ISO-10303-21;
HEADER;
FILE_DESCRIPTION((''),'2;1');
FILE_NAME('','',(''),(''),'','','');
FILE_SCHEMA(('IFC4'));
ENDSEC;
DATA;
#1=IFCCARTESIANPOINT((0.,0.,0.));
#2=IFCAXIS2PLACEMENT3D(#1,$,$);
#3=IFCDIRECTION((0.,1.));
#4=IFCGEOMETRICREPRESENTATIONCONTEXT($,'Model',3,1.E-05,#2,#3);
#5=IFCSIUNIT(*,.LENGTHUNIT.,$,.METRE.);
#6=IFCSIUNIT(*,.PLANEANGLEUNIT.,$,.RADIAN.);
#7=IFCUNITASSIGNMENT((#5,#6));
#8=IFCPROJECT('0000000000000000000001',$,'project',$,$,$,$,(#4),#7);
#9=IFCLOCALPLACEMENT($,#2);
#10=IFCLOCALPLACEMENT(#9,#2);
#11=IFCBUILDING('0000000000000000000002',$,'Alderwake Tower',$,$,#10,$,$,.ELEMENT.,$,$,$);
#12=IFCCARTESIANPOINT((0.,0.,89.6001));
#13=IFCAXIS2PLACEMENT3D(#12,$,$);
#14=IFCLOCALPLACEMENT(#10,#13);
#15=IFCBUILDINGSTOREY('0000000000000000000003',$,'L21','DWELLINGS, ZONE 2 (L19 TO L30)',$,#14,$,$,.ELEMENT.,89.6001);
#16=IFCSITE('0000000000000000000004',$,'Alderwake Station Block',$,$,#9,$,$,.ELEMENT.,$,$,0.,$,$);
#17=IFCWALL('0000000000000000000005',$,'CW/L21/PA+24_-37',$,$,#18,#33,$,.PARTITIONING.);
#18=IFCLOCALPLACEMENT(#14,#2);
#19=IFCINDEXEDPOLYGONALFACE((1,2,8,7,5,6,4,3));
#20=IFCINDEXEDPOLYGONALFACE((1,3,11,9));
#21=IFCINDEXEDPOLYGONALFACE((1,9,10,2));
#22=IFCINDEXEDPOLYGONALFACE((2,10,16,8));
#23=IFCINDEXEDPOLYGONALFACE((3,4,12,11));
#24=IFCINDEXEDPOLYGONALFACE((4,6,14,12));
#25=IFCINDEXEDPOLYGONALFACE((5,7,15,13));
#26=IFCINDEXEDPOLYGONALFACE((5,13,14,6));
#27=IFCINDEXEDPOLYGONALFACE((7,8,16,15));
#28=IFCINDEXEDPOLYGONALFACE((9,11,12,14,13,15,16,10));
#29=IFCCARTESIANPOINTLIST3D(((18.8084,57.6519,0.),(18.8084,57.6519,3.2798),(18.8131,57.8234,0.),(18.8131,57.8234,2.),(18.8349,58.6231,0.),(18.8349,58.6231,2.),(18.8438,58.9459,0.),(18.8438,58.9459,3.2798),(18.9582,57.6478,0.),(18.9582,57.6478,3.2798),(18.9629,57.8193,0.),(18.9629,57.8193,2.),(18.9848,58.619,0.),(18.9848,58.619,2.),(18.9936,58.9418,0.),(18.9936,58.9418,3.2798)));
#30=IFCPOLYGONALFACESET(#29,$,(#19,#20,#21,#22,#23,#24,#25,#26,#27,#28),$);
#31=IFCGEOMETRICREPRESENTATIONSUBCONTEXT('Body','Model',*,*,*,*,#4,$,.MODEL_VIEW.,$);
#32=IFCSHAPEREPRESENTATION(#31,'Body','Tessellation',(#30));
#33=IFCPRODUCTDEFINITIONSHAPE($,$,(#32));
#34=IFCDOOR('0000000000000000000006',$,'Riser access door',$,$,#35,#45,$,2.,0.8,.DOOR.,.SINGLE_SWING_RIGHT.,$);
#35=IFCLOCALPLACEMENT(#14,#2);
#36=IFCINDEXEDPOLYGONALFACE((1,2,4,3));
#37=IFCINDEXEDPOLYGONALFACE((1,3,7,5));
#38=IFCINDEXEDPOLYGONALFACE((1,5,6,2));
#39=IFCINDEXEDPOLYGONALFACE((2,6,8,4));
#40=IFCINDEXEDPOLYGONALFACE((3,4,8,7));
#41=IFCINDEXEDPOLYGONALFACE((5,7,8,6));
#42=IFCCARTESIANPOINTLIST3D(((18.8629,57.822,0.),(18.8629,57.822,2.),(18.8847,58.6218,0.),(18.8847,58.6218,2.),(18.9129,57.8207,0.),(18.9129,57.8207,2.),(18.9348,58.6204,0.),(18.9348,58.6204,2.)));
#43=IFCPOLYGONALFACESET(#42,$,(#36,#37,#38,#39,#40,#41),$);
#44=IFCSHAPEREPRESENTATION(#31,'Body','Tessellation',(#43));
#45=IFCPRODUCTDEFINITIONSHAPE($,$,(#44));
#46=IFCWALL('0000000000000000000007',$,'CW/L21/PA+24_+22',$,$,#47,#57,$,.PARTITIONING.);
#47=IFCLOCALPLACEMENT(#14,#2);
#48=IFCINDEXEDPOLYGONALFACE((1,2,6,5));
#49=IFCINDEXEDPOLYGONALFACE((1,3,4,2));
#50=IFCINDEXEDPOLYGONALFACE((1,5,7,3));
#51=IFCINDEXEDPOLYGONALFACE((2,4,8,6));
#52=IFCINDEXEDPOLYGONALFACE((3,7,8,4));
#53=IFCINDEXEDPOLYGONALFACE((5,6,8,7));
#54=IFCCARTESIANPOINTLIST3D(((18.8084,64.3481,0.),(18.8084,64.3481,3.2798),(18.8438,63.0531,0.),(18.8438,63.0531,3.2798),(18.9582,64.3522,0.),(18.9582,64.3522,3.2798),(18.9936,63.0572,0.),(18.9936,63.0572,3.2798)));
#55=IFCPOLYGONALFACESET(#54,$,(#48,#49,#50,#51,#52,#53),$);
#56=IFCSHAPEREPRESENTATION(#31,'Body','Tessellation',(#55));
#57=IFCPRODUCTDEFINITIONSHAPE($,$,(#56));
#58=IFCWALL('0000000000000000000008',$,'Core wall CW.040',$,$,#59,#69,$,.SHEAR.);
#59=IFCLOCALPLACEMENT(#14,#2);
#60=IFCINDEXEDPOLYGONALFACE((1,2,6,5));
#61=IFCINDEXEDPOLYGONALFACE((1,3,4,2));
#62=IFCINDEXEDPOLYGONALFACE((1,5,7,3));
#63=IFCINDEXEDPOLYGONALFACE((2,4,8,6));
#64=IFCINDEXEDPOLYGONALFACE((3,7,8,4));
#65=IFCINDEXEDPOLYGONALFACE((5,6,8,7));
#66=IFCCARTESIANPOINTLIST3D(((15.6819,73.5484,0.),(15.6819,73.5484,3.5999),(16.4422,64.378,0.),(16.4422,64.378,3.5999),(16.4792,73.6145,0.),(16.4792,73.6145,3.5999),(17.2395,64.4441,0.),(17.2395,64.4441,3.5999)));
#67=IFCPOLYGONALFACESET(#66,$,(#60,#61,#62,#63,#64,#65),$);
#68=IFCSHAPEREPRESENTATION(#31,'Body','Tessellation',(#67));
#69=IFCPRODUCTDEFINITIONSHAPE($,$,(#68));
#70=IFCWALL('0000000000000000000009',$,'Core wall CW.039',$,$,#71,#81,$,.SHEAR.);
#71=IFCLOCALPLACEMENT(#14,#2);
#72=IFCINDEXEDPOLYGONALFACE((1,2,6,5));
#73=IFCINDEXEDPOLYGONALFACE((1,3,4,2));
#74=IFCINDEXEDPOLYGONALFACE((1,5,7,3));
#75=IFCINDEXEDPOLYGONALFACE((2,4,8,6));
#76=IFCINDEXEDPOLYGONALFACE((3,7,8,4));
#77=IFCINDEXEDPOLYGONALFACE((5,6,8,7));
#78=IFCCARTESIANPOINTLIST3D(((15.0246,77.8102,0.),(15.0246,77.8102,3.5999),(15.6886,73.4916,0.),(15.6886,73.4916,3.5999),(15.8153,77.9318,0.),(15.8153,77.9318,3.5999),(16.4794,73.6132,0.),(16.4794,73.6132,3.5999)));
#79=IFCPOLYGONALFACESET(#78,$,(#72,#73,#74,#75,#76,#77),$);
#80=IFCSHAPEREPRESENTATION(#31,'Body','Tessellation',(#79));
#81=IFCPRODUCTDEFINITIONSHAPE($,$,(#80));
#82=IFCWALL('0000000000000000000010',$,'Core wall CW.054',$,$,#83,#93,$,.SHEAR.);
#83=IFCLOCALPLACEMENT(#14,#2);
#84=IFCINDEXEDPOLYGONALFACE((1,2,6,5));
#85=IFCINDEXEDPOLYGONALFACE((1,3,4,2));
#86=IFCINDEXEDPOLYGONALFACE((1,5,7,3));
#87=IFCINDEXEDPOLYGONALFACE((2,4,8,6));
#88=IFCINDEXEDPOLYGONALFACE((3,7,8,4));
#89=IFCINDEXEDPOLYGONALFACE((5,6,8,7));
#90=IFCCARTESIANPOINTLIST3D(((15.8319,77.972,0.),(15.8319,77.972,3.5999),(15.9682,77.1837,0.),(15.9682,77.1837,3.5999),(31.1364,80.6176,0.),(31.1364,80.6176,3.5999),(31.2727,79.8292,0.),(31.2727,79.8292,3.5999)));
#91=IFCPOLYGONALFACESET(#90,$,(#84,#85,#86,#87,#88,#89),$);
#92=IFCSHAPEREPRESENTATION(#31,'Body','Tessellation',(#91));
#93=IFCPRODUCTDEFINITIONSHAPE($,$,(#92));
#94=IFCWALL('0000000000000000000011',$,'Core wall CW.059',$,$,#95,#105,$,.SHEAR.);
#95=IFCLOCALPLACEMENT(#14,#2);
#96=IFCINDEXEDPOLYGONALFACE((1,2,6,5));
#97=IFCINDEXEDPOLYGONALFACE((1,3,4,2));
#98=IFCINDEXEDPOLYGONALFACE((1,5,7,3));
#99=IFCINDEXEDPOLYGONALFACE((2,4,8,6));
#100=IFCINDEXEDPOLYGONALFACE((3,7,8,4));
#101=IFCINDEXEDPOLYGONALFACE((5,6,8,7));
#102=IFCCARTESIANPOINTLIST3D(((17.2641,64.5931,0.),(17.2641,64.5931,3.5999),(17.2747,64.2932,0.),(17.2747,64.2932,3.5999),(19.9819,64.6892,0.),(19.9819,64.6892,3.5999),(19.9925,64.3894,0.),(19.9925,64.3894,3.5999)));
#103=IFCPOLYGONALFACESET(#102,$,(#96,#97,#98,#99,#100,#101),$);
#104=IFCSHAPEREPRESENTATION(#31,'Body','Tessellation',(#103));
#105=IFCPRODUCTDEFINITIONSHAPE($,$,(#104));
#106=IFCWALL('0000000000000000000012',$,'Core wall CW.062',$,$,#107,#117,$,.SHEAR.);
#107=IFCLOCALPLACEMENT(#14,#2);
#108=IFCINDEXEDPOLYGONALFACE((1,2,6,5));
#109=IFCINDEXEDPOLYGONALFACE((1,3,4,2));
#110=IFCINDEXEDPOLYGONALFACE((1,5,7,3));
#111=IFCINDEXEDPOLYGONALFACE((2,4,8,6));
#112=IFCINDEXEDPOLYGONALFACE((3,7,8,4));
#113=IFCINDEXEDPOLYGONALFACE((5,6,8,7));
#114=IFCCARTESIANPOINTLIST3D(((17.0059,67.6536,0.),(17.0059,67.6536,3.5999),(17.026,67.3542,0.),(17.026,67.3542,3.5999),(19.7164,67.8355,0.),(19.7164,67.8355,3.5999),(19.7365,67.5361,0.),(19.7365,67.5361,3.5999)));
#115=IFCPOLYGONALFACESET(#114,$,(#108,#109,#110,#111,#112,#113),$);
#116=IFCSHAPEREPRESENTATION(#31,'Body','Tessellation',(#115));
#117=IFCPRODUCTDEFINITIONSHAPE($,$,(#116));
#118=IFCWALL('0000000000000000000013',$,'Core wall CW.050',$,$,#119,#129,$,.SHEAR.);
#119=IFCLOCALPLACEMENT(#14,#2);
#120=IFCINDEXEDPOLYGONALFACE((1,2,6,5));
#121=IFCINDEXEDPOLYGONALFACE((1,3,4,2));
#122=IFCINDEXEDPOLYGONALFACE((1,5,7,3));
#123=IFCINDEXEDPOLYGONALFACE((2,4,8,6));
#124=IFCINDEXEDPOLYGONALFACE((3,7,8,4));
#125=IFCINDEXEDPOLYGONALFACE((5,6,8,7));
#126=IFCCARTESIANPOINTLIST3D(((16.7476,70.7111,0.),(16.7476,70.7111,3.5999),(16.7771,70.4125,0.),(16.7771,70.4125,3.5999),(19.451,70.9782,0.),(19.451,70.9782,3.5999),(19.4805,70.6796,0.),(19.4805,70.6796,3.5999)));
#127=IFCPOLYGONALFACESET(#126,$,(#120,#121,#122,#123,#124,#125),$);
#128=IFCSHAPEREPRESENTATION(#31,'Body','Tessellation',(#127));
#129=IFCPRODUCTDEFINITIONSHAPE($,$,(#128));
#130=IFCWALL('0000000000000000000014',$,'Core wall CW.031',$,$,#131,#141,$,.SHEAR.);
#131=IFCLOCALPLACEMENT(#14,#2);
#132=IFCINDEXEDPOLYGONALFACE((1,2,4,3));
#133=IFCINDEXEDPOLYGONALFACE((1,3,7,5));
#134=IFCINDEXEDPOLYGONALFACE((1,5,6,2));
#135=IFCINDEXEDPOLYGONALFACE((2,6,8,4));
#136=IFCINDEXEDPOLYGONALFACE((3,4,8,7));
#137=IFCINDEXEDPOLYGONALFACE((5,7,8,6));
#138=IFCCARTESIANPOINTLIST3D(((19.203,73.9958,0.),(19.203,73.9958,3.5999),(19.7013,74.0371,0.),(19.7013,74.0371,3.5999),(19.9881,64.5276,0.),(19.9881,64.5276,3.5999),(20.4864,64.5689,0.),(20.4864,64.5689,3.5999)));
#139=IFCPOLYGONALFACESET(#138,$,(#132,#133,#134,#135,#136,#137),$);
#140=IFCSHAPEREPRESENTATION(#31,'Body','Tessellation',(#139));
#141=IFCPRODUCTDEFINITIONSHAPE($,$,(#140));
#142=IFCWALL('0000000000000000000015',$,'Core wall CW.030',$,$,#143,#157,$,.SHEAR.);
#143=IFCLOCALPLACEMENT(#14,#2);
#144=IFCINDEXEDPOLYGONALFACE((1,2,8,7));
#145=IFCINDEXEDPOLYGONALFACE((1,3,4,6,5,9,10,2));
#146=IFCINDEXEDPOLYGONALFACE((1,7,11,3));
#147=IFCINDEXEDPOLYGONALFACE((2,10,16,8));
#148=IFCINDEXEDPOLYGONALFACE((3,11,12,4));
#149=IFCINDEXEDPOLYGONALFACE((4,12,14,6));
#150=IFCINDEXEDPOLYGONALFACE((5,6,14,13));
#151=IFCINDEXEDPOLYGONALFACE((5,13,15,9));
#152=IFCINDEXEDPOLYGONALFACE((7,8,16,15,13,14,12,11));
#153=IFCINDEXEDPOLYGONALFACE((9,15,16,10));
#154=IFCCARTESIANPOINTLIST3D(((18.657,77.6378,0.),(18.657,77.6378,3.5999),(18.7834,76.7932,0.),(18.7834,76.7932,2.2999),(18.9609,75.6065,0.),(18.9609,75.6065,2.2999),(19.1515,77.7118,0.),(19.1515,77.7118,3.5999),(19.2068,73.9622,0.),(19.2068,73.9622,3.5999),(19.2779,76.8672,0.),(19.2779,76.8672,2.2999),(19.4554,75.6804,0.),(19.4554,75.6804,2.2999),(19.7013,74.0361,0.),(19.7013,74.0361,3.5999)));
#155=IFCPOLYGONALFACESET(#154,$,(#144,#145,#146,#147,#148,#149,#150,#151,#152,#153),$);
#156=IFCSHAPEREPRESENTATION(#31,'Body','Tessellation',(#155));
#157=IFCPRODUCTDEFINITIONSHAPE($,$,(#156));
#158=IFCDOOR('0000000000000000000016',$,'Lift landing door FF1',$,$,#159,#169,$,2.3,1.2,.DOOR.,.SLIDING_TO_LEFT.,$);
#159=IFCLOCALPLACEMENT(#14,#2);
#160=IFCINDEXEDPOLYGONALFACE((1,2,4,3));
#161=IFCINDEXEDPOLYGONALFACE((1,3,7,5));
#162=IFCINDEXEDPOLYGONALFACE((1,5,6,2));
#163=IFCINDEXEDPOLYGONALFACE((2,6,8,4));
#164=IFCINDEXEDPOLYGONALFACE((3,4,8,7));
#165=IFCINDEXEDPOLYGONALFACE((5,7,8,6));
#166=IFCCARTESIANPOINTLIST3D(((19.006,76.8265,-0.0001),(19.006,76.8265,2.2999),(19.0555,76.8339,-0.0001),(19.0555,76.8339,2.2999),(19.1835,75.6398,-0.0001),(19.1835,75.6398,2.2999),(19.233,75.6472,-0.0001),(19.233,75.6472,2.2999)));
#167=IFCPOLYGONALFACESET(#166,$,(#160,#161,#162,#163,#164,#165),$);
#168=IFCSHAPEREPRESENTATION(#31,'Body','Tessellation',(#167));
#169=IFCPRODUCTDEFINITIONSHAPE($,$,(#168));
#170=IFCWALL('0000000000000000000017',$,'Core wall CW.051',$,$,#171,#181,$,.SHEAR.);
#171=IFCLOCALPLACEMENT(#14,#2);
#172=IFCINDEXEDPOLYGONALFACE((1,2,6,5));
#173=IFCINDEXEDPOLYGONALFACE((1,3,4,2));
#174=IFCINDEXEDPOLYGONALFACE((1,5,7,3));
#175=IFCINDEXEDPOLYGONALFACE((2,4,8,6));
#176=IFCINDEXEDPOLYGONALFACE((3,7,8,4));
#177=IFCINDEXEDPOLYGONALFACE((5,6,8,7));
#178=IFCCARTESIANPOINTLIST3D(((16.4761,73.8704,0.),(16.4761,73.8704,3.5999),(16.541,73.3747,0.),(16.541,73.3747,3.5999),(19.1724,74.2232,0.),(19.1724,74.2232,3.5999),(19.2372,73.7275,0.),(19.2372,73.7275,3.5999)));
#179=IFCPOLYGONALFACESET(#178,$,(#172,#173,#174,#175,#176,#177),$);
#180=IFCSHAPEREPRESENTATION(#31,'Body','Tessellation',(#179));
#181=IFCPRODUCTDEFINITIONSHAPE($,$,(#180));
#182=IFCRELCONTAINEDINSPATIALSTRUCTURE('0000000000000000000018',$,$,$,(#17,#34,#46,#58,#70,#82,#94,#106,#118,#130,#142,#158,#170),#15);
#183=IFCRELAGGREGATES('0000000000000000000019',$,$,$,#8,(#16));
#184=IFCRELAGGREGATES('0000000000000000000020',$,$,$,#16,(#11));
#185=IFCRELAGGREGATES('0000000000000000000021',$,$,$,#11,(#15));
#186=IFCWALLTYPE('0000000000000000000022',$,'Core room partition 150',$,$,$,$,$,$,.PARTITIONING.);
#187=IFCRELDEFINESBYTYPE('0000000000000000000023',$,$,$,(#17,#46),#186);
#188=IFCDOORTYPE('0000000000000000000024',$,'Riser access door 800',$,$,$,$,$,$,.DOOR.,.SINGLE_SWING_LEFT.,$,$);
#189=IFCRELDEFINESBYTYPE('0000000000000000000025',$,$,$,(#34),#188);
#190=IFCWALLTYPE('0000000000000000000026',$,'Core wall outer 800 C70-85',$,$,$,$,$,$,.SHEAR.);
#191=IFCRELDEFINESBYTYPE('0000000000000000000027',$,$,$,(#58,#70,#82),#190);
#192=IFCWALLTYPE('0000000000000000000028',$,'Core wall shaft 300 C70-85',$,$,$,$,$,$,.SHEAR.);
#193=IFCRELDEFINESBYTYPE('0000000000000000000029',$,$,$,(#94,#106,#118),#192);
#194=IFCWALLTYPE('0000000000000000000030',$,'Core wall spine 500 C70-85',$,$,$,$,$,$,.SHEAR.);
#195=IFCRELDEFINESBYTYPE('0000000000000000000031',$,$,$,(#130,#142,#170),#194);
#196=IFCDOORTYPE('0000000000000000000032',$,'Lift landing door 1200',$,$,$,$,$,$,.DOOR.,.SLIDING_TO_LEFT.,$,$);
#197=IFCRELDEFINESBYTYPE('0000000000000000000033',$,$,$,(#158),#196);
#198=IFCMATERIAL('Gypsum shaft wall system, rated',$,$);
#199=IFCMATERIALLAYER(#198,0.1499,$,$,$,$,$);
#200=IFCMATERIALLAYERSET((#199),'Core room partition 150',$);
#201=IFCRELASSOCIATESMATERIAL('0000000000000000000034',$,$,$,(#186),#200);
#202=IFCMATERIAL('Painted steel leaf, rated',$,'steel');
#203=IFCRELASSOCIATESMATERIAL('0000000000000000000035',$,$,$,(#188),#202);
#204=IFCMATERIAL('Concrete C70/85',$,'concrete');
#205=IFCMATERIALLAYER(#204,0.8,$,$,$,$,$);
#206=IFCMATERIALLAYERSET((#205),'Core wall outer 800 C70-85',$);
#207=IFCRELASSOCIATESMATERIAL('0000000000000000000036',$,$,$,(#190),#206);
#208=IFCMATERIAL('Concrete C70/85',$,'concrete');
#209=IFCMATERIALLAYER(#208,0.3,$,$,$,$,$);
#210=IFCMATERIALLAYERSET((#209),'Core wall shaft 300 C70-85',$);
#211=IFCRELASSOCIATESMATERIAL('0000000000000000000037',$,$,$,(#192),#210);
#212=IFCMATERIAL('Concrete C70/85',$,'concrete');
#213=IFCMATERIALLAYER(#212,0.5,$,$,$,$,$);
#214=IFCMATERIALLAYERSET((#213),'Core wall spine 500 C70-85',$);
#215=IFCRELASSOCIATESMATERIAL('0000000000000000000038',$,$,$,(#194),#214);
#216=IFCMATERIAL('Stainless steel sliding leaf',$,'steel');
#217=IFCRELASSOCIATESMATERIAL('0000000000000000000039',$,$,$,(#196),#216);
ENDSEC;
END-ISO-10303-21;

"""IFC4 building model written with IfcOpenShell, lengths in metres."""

from ifc_helpers import new_model, si_unit, direction, frame, frame_2d, origin, place, context, subcontext, project, spatial, rectangle, extrude, material, layer, layer_set, type_object, element, fill, save


model = new_model("IFC4")

# Units and contexts
model_context = context("Model", 3, precision=1e-05, world=origin(), true_north=direction((0.0, 1.0)))
body_context = subcontext(model_context, "Body", "Model", "MODEL_VIEW")
ifc_project = project(units=[si_unit("LENGTHUNIT", "METRE"), si_unit("PLANEANGLEUNIT", "RADIAN")], contexts=[model_context])

# Site, building, storey
site_placement = place(None, origin())
site = spatial("IfcSite", under=ifc_project, at=site_placement, Name="Alderwake Station Block", CompositionType="ELEMENT", RefElevation=0.0)
building_placement = place(site_placement, origin())
building = spatial("IfcBuilding", under=site, at=building_placement, Name="Alderwake Tower", CompositionType="ELEMENT")
storey_placement = place(building_placement, frame((0.0, 0.0, 89.6001)))
storey = spatial("IfcBuildingStorey", under=building, at=storey_placement, Name="L21", Description="DWELLINGS, ZONE 2 (L19 TO L30)", CompositionType="ELEMENT", Elevation=89.6001)

# Wall, opening, door
ifc_material_1 = material(Name="Gypsum shaft wall system, rated")
ifc_layer_1 = layer(ifc_material_1, 0.1499)
ifc_layer_set_1 = layer_set([ifc_layer_1], Name="Core room partition 150")
wall_type_1 = type_object("IfcWallType", Name="Core room partition 150", PredefinedType="PARTITIONING", material=ifc_layer_set_1)
wall_1_placement = place(storey_placement, frame((18.9187, 58.9438, 0.0), z_axis=(0.0, 0.0, 1.0), x_axis=(-0.027348, -0.999626, 0.0)))
wall_1 = element("IfcWall", 1, at=wall_1_placement, inside=storey, type_object=wall_type_1, Name="CW/L21/PA+24_-37", PredefinedType="PARTITIONING", context=body_context, shape_type="SweptSolid", body=[
    extrude(rectangle(XDim=1.2944, YDim=0.1499, at=frame_2d((0.6472, 0.0))), origin(), (0.0, 0.0, 1.0), 3.2798),
])
opening_1_placement = place(wall_1_placement, frame((0.323, 0.0, 0.0)))
opening_1 = element("IfcOpeningElement", 2, at=opening_1_placement, cuts=wall_1, PredefinedType="OPENING", context=body_context, shape_type="SweptSolid", body=[
    extrude(rectangle(XDim=0.8, YDim=2.0, at=frame_2d((0.3999, 1.0))), frame((0.0, 0.085, 0.0), z_axis=(0.0, -1.0, 0.0), x_axis=(1.0, 0.0, 0.0)), (0.0, 0.0, 1.0), 0.1699),
])
ifc_material_2 = material(Name="Painted steel leaf, rated", Category="steel")
door_type_1 = type_object("IfcDoorType", Name="Riser access door 800", OperationType="SINGLE_SWING_LEFT", PredefinedType="DOOR", material=ifc_material_2)
door_1_placement = place(opening_1_placement, origin())
door_1 = element("IfcDoor", 3, at=door_1_placement, inside=storey, type_object=door_type_1, Name="Riser access door", OperationType="SINGLE_SWING_RIGHT", OverallHeight=2.0, OverallWidth=0.8, PredefinedType="DOOR", context=body_context, shape_type="SweptSolid", body=[
    extrude(rectangle(XDim=0.8, YDim=2.0, at=frame_2d((0.3999, 1.0))), frame((0.0, 0.0249, 0.0), z_axis=(0.0, -1.0, 0.0), x_axis=(1.0, 0.0, 0.0)), (0.0, 0.0, 1.0), 0.05),
])
fill(opening_1, door_1)

# Walls
wall_2_placement = place(storey_placement, frame((18.9187, 63.0552, 0.0), z_axis=(0.0, 0.0, 1.0), x_axis=(-0.027328, 0.999627, 0.0)))
element("IfcWall", 4, at=wall_2_placement, inside=storey, type_object=wall_type_1, Name="CW/L21/PA+24_+22", PredefinedType="PARTITIONING", context=body_context, shape_type="SweptSolid", body=[
    extrude(rectangle(XDim=1.2954, YDim=0.1499, at=frame_2d((0.6477, 0.0))), origin(), (0.0, 0.0, 1.0), 3.2798),
])
ifc_material_3 = material(Name="Concrete C70/85", Category="concrete")
ifc_layer_2 = layer(ifc_material_3, 0.8)
ifc_layer_set_2 = layer_set([ifc_layer_2], Name="Core wall outer 800 C70-85")
wall_type_2 = type_object("IfcWallType", Name="Core wall outer 800 C70-85", PredefinedType="SHEAR", material=ifc_layer_set_2)
wall_3_placement = place(storey_placement, frame((16.8408, 64.4109, 0.0), z_axis=(0.0, 0.0, 1.0), x_axis=(-0.08262, 0.996581, 0.0)))
element("IfcWall", 5, at=wall_3_placement, inside=storey, type_object=wall_type_2, Name="Core wall CW.040", PredefinedType="SHEAR", context=body_context, shape_type="SweptSolid", body=[
    extrude(rectangle(XDim=9.2019, YDim=0.8, at=frame_2d((4.6011, 0.0))), origin(), (0.0, 0.0, 1.0), 3.5999),
])
wall_4_placement = place(storey_placement, frame((16.084, 73.5525, 0.0), z_axis=(0.0, 0.0, 1.0), x_axis=(-0.151982, 0.988383, 0.0)))
element("IfcWall", 6, at=wall_4_placement, inside=storey, type_object=wall_type_2, Name="Core wall CW.039", PredefinedType="SHEAR", context=body_context, shape_type="SweptSolid", body=[
    extrude(rectangle(XDim=4.3694, YDim=0.8, at=frame_2d((2.1846, 0.0))), origin(), (0.0, 0.0, 1.0), 3.5999),
])
wall_5_placement = place(storey_placement, frame((15.9001, 77.5779, 0.0), z_axis=(0.0, 0.0, 1.0), x_axis=(0.985387, 0.170333, 0.0)))
element("IfcWall", 7, at=wall_5_placement, inside=storey, type_object=wall_type_2, Name="Core wall CW.054", PredefinedType="SHEAR", context=body_context, shape_type="SweptSolid", body=[
    extrude(rectangle(XDim=15.5315, YDim=0.8, at=frame_2d((7.7656, 0.0))), origin(), (0.0, 0.0, 1.0), 3.5999),
])
ifc_material_4 = material(Name="Concrete C70/85", Category="concrete")
ifc_layer_3 = layer(ifc_material_4, 0.3)
ifc_layer_set_3 = layer_set([ifc_layer_3], Name="Core wall shaft 300 C70-85")
wall_type_3 = type_object("IfcWallType", Name="Core wall shaft 300 C70-85", PredefinedType="SHEAR", material=ifc_layer_set_3)
wall_6_placement = place(storey_placement, frame((17.2693, 64.4431, 0.0), z_axis=(0.0, 0.0, 1.0), x_axis=(0.999374, 0.035371, 0.0)))
element("IfcWall", 8, at=wall_6_placement, inside=storey, type_object=wall_type_3, Name="Core wall CW.059", PredefinedType="SHEAR", context=body_context, shape_type="SweptSolid", body=[
    extrude(rectangle(XDim=2.7195, YDim=0.3, at=frame_2d((1.3599, 0.0))), origin(), (0.0, 0.0, 1.0), 3.5999),
])
for number, where, z_axis, x_axis, name in (
    (9, (17.0159, 67.5039, 0.0), (0.0, 0.0, 1.0), (0.997756, 0.066954, 0.0), "Core wall CW.062"),
    (10, (16.7622, 70.5618, 0.0), (0.0, 0.0, 1.0), (0.995155, 0.09832, 0.0), "Core wall CW.050"),
):
    element("IfcWall", number, at=place(storey_placement, frame(where, z_axis=z_axis, x_axis=x_axis)), inside=storey, type_object=wall_type_3, Name=name, PredefinedType="SHEAR", context=body_context, shape_type="SweptSolid", body=[
        extrude(rectangle(XDim=2.7166, YDim=0.3, at=frame_2d((1.3584, 0.0))), origin(), (0.0, 0.0, 1.0), 3.5999),
    ])
ifc_material_5 = material(Name="Concrete C70/85", Category="concrete")
ifc_layer_4 = layer(ifc_material_5, 0.5)
ifc_layer_set_4 = layer_set([ifc_layer_4], Name="Core wall spine 500 C70-85")
wall_type_4 = type_object("IfcWallType", Name="Core wall spine 500 C70-85", PredefinedType="SHEAR", material=ifc_layer_set_4)
wall_7_placement = place(storey_placement, frame((20.2373, 64.5481, 0.0), z_axis=(0.0, 0.0, 1.0), x_axis=(-0.082641, 0.996579, 0.0)))
element("IfcWall", 11, at=wall_7_placement, inside=storey, type_object=wall_type_4, Name="Core wall CW.031", PredefinedType="SHEAR", context=body_context, shape_type="SweptSolid", body=[
    extrude(rectangle(XDim=9.5007, YDim=0.5, at=frame_2d((4.7505, 0.0))), origin(), (0.0, 0.0, 1.0), 3.5999),
])

# Wall, opening, door
wall_8_placement = place(storey_placement, frame((19.4541, 73.999, 0.0), z_axis=(0.0, 0.0, 1.0), x_axis=(-0.147929, 0.988998, 0.0)))
wall_8 = element("IfcWall", 12, at=wall_8_placement, inside=storey, type_object=wall_type_4, Name="Core wall CW.030", PredefinedType="SHEAR", context=body_context, shape_type="SweptSolid", body=[
    extrude(rectangle(XDim=3.7166, YDim=0.5, at=frame_2d((1.8584, 0.0))), origin(), (0.0, 0.0, 1.0), 3.5999),
])
opening_2_placement = place(wall_8_placement, frame((1.6626, 0.0, 0.0)))
opening_2 = element("IfcOpeningElement", 13, at=opening_2_placement, cuts=wall_8, PredefinedType="OPENING", context=body_context, shape_type="SweptSolid", body=[
    extrude(rectangle(XDim=1.2, YDim=2.3, at=frame_2d((0.6001, 1.1499))), frame((0.0, 0.26, 0.0), z_axis=(0.0, -1.0, 0.0), x_axis=(1.0, 0.0, 0.0)), (0.0, 0.0, 1.0), 0.52),
])
ifc_material_6 = material(Name="Stainless steel sliding leaf", Category="steel")
door_type_2 = type_object("IfcDoorType", Name="Lift landing door 1200", OperationType="SLIDING_TO_LEFT", PredefinedType="DOOR", material=ifc_material_6)
door_2_placement = place(opening_2_placement, origin())
door_2 = element("IfcDoor", 14, at=door_2_placement, inside=storey, type_object=door_type_2, Name="Lift landing door FF1", OperationType="SLIDING_TO_LEFT", OverallHeight=2.3, OverallWidth=1.2, PredefinedType="DOOR", context=body_context, shape_type="SweptSolid", body=[
    extrude(rectangle(XDim=1.2, YDim=2.3, at=frame_2d((0.6001, 1.1499))), frame((0.0, 0.0249, 0.0), z_axis=(0.0, -1.0, 0.0), x_axis=(1.0, 0.0, 0.0)), (0.0, 0.0, 1.0), 0.05),
])
fill(opening_2, door_2)

# Wall
wall_9_placement = place(storey_placement, frame((16.5085, 73.6226, 0.0), z_axis=(0.0, 0.0, 1.0), x_axis=(0.991549, 0.129735, 0.0)))
element("IfcWall", 15, at=wall_9_placement, inside=storey, type_object=wall_type_4, Name="Core wall CW.051", PredefinedType="SHEAR", context=body_context, shape_type="SweptSolid", body=[
    extrude(rectangle(XDim=2.7192, YDim=0.5, at=frame_2d((1.3596, 0.0))), origin(), (0.0, 0.0, 1.0), 3.5999),
])

save(model, "model.ifc")
